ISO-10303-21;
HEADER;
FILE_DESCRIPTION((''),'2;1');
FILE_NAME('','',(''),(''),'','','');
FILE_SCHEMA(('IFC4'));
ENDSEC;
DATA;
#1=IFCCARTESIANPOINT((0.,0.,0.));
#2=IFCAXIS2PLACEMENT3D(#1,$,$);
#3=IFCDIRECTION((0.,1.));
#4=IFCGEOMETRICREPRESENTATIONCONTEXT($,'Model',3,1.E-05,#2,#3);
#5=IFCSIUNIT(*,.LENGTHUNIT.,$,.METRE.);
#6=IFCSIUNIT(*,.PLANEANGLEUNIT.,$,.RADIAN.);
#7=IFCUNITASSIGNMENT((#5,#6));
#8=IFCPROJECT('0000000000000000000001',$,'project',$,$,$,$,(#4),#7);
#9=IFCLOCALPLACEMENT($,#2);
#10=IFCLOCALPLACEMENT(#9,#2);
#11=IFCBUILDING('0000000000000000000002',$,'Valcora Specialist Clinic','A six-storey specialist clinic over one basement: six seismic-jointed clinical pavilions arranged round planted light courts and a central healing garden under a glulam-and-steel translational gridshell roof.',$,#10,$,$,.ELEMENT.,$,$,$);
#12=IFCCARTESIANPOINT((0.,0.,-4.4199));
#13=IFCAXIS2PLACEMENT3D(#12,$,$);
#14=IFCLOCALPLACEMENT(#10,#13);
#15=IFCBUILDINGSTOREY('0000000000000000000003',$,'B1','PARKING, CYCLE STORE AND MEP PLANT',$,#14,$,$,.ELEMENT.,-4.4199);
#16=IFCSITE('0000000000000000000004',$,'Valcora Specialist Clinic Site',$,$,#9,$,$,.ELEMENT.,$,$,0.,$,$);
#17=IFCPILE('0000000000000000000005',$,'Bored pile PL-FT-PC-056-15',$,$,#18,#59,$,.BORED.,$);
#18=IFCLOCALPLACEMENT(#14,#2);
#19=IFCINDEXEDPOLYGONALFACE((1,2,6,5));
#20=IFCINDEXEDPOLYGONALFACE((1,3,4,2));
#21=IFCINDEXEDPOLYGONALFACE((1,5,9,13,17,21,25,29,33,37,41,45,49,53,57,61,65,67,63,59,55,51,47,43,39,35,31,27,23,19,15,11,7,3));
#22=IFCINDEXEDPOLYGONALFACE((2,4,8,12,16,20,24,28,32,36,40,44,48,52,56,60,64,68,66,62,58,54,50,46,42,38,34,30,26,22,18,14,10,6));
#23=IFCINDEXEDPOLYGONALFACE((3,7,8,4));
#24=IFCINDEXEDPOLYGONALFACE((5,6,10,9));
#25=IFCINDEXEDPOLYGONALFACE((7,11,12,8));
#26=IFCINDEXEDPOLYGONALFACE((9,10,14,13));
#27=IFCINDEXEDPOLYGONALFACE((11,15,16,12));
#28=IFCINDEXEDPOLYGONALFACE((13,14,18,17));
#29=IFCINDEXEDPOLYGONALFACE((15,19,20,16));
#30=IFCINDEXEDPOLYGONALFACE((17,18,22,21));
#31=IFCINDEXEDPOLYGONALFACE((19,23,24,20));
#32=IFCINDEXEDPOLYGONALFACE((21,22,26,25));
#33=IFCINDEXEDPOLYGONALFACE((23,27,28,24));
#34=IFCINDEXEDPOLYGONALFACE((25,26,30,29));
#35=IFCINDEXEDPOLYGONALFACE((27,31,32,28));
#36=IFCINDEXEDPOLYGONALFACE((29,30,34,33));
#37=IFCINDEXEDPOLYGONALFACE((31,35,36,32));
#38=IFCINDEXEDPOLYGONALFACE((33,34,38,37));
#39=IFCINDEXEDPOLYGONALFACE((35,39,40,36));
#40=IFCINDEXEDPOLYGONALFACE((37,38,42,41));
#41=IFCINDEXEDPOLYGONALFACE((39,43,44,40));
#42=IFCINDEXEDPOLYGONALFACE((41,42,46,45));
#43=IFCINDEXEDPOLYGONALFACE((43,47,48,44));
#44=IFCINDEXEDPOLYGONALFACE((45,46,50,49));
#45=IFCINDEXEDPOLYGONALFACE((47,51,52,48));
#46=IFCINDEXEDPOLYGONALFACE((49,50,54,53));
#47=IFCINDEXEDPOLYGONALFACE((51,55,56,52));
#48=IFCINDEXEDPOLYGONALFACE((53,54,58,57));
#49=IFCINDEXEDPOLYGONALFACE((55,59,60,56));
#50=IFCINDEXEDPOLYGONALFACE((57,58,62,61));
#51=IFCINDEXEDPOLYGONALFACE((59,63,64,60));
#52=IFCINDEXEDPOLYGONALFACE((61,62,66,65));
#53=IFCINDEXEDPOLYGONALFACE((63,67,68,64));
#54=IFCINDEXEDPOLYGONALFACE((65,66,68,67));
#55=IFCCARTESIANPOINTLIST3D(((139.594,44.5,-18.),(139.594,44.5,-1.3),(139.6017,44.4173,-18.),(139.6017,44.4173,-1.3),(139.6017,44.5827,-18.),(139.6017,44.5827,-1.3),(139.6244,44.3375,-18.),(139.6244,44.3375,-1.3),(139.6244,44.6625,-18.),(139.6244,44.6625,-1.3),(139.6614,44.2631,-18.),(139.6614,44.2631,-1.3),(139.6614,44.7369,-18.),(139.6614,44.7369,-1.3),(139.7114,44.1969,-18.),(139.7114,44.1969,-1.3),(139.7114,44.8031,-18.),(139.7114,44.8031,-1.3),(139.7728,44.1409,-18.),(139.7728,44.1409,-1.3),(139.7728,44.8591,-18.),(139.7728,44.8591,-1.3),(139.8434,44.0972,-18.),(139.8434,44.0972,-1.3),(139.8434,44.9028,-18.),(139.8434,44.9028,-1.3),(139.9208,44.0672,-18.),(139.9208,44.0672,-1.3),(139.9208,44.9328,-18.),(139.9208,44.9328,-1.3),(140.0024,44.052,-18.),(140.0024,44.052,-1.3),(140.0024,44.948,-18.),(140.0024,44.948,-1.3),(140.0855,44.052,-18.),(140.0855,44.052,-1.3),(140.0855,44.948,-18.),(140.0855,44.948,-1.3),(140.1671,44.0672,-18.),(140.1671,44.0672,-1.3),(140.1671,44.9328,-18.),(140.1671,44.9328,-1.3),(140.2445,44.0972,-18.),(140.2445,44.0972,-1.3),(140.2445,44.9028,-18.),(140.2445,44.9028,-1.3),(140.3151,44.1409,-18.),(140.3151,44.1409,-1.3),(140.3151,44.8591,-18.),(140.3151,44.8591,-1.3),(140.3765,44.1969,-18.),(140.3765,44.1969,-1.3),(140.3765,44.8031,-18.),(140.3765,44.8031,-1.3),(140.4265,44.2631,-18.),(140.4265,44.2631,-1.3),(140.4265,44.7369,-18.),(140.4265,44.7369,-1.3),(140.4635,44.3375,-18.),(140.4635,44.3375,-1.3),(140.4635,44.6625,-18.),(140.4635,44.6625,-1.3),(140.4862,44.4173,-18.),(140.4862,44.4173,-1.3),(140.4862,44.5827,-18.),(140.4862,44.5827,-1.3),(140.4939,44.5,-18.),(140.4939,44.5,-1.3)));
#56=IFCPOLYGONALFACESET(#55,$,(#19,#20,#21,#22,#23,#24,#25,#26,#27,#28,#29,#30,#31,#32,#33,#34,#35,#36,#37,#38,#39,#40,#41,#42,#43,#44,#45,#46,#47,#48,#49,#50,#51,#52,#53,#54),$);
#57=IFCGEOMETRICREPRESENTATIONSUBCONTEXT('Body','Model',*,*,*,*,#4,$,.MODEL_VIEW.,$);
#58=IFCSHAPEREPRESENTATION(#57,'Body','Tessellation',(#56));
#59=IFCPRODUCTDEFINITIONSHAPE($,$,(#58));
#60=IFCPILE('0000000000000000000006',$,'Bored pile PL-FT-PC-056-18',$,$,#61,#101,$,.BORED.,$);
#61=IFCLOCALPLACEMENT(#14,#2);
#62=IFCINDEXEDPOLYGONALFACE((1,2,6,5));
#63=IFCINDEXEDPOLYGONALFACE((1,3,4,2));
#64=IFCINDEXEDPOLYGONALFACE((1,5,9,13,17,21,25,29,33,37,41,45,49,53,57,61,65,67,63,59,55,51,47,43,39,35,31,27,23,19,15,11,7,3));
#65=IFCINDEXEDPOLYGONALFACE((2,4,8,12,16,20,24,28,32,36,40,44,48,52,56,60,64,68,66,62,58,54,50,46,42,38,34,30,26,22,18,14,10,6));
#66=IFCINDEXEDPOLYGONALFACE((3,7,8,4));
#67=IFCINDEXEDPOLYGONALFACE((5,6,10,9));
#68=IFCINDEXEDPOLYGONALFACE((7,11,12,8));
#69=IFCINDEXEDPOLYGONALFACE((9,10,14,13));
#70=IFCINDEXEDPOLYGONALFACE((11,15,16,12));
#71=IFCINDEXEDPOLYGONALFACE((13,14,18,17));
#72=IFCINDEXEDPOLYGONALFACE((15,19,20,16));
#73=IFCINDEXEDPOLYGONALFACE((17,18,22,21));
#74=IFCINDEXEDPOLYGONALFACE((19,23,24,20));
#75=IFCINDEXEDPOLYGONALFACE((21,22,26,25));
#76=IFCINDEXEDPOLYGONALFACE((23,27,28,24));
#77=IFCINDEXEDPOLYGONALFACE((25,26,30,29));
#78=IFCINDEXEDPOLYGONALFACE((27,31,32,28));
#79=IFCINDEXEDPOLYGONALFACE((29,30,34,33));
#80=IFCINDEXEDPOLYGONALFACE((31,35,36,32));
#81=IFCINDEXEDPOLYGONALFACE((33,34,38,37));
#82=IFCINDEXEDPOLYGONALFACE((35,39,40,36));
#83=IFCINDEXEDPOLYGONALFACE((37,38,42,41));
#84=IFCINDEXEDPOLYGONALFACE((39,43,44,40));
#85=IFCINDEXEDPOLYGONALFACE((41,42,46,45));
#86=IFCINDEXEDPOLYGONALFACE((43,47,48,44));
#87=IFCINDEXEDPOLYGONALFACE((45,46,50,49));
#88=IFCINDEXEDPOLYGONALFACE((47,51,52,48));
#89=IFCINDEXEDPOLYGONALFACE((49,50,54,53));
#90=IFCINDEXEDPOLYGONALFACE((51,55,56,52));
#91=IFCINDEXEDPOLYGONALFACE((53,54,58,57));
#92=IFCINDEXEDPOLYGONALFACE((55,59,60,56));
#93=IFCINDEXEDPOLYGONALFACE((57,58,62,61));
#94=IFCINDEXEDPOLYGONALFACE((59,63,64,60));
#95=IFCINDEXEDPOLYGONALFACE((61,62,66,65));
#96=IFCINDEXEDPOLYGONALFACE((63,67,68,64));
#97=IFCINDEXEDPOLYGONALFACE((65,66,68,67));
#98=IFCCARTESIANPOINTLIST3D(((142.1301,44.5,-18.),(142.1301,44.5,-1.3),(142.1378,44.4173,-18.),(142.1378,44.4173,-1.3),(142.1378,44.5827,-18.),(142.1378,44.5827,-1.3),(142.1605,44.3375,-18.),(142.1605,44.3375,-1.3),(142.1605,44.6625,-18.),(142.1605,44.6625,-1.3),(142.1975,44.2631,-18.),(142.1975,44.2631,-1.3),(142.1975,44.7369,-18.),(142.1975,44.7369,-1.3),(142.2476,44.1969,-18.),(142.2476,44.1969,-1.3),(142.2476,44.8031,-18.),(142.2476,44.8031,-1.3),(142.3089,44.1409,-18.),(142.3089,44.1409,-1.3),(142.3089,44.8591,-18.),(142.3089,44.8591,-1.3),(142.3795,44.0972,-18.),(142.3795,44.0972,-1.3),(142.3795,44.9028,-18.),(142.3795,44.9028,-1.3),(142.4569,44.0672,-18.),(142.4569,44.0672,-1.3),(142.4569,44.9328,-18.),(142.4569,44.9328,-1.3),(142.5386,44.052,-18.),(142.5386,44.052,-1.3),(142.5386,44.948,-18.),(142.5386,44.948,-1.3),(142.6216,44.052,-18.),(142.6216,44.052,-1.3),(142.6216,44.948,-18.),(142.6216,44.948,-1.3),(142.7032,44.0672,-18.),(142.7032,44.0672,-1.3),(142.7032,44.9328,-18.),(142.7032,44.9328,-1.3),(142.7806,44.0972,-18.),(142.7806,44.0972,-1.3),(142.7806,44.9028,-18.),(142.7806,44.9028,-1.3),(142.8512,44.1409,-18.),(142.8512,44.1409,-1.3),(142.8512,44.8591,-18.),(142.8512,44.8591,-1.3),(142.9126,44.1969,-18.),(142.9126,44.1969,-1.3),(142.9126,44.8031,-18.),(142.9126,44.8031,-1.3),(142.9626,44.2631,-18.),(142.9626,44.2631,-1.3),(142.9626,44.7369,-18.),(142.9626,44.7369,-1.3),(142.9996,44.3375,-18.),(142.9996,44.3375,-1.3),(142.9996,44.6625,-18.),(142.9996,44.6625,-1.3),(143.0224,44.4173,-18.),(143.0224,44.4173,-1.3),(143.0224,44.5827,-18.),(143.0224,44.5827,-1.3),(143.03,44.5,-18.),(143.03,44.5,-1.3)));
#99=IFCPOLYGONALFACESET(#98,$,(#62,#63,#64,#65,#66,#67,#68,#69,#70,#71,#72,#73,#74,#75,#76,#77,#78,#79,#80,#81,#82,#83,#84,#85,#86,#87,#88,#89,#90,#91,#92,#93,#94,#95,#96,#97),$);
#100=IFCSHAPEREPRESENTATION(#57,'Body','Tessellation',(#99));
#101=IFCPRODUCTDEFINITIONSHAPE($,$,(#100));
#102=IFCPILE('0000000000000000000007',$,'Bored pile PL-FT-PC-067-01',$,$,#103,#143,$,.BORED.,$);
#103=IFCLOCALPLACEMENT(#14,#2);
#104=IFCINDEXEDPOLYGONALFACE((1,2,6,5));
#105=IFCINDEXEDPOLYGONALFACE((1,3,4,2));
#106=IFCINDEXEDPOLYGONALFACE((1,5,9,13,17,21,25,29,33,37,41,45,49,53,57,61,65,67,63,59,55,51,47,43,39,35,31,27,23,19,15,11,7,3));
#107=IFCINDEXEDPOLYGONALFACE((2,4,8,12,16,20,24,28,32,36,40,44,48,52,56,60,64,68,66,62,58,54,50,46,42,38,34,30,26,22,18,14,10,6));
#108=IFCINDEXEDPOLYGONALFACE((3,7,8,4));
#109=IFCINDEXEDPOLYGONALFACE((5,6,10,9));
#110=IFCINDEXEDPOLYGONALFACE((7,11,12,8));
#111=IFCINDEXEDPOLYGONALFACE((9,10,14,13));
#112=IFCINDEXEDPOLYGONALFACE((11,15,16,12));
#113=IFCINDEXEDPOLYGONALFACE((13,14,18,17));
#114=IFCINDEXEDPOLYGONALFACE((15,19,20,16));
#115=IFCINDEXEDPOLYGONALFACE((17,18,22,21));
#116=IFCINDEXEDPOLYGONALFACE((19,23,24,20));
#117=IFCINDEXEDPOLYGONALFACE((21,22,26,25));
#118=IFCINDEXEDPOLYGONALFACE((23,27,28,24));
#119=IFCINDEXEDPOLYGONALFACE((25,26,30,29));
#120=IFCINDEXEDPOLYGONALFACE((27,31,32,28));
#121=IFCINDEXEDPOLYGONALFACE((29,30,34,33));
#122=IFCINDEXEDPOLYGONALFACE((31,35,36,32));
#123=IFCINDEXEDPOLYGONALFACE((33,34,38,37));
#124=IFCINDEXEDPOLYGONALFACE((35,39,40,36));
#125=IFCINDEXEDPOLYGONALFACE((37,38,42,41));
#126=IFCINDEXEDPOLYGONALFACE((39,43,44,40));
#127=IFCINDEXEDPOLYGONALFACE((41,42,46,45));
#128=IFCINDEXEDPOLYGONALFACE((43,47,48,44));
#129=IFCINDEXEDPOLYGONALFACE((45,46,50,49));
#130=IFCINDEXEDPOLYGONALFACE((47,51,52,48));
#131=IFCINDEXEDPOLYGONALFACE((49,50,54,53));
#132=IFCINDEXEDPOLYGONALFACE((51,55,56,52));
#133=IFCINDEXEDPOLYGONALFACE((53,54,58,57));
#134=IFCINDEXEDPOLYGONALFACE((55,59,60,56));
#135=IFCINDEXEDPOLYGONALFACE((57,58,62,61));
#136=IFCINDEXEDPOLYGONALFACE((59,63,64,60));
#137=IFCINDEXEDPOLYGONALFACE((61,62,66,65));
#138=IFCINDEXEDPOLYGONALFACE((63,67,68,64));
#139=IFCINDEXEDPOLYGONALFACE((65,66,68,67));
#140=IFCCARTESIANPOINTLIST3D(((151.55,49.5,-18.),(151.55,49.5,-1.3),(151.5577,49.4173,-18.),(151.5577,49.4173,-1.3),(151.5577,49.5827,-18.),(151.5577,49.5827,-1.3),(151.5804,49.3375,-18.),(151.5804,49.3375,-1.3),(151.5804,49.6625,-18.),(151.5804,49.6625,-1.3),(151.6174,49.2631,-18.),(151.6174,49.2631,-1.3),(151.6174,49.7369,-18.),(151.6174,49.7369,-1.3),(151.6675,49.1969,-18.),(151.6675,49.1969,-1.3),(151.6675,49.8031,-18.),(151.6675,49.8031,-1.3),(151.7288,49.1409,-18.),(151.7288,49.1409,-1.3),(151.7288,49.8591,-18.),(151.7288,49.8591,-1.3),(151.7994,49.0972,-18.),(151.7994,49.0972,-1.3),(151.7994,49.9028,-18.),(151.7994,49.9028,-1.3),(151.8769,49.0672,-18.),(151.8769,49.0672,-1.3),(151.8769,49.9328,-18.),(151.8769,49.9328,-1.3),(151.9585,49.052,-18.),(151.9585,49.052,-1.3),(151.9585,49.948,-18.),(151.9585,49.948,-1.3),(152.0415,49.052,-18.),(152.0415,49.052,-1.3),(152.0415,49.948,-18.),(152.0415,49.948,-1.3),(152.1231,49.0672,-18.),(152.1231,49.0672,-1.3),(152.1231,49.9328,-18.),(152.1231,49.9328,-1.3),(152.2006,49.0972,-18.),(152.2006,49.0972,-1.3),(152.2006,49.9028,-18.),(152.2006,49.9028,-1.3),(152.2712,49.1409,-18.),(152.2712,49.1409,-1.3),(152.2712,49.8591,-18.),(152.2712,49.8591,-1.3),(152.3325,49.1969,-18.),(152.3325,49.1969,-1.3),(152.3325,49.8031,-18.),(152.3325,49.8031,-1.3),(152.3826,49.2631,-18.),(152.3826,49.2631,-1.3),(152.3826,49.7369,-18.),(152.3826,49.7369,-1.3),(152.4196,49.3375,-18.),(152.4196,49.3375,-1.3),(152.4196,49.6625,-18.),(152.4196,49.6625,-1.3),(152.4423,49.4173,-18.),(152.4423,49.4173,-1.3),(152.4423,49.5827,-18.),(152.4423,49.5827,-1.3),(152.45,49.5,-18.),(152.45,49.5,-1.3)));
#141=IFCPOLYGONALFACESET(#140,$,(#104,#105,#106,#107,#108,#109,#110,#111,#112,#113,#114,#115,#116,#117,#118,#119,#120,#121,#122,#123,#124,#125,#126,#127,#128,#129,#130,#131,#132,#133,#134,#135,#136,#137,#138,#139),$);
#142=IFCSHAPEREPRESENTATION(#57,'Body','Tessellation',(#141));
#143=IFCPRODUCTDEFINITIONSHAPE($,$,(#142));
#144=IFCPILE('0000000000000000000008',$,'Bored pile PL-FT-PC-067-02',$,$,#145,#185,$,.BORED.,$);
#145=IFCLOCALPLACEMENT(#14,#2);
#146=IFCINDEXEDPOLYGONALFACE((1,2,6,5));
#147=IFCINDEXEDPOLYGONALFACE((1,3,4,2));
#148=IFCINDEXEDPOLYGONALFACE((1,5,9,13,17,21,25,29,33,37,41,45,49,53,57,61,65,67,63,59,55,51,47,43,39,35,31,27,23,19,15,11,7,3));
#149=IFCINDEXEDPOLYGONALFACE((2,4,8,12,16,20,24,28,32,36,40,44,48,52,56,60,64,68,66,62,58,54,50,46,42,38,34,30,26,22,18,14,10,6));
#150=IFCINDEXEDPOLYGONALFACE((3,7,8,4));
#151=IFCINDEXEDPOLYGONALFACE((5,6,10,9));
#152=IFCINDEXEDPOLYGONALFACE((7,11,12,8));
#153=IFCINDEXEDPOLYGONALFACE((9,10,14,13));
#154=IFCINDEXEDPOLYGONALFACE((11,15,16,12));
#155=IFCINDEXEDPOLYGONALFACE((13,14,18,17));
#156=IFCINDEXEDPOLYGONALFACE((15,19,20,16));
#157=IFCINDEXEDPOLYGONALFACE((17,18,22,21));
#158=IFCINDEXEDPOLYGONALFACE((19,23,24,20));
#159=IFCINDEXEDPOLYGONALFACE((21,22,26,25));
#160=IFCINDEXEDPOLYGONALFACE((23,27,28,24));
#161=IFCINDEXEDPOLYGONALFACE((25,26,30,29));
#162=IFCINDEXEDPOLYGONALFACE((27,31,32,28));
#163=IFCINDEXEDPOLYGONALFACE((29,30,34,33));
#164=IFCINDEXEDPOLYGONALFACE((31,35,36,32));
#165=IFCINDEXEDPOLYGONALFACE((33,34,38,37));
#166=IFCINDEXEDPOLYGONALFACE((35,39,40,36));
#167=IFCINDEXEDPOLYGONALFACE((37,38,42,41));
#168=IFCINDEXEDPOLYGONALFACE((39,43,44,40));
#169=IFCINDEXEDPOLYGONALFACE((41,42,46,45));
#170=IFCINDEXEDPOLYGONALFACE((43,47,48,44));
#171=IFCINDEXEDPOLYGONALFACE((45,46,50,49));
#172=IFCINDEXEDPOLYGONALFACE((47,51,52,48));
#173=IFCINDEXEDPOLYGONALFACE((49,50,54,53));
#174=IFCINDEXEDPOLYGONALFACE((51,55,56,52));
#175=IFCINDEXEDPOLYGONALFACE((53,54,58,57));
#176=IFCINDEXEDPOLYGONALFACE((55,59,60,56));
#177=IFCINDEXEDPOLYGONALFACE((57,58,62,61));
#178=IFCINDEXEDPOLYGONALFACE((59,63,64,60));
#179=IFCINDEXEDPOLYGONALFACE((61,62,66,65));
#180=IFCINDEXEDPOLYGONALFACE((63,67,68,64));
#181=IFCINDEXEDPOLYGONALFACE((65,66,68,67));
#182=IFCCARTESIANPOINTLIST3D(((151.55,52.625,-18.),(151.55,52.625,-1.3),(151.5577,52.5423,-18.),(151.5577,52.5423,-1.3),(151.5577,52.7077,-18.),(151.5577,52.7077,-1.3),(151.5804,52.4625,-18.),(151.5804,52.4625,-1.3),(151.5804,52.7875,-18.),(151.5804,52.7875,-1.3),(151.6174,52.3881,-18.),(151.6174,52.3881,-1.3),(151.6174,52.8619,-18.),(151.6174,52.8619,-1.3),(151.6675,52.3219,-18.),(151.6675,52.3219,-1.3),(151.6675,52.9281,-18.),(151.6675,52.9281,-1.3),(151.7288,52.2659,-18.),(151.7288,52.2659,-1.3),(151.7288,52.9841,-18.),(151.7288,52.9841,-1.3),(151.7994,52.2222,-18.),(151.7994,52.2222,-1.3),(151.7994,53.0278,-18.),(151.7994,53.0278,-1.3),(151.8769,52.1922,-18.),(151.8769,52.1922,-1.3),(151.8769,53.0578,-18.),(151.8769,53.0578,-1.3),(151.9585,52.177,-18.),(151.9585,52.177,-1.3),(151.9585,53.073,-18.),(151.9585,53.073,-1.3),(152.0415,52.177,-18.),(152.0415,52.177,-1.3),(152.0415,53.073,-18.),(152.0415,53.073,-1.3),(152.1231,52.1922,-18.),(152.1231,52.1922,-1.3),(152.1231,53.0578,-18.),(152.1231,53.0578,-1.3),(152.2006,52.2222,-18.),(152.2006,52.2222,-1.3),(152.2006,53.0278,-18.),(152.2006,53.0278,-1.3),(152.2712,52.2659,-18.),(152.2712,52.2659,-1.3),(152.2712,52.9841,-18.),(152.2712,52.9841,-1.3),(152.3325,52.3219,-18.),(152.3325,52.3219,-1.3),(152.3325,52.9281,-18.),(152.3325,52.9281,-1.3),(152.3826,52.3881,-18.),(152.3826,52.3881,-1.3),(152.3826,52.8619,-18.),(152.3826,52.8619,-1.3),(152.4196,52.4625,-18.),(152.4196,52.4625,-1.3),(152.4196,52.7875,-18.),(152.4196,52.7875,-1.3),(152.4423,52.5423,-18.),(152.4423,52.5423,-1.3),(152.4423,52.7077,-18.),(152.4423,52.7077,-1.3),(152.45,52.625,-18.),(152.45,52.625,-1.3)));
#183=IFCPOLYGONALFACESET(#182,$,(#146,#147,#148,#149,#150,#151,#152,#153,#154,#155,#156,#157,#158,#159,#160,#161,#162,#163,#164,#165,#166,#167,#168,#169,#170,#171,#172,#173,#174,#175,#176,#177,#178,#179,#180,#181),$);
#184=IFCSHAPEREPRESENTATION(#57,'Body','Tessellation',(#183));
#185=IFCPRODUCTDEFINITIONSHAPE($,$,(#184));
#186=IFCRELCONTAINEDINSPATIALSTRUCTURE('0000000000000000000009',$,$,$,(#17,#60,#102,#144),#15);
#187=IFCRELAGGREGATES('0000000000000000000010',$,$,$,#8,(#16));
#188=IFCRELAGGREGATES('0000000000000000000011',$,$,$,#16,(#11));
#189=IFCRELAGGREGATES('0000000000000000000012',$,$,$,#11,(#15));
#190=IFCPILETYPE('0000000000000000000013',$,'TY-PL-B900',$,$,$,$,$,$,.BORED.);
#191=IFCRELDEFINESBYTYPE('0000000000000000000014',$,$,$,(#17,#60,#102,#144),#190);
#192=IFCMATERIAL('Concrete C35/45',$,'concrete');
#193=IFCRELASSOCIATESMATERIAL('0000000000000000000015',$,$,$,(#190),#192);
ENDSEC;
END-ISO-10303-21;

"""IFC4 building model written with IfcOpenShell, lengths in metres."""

from ifc_helpers import new_model, si_unit, direction, frame, origin, origin_2d, place, context, subcontext, project, spatial, circle, extrude, material, material_profile, profile_set, type_object, element, save


model = new_model("IFC4")

# Units and contexts
model_context = context("Model", 3, precision=1e-05, world=origin(), true_north=direction((0.0, 1.0)))
body_context = subcontext(model_context, "Body", "Model", "MODEL_VIEW")
ifc_project = project(units=[si_unit("LENGTHUNIT", "METRE"), si_unit("PLANEANGLEUNIT", "RADIAN")], contexts=[model_context])

# Site, building, storey
site_placement = place(None, origin())
site = spatial("IfcSite", under=ifc_project, at=site_placement, Name="Valcora Specialist Clinic Site", CompositionType="ELEMENT", RefElevation=0.0)
building_placement = place(site_placement, origin())
building = spatial("IfcBuilding", under=site, at=building_placement, Name="Valcora Specialist Clinic", Description="A six-storey specialist clinic over one basement: six seismic-jointed clinical pavilions arranged round planted light courts and a central healing garden under a glulam-and-steel translational gridshell roof.", CompositionType="ELEMENT")
storey_placement = place(building_placement, frame((0.0, 0.0, -4.4199)))
storey = spatial("IfcBuildingStorey", under=building, at=storey_placement, Name="B1", Description="PARKING, CYCLE STORE AND MEP PLANT", CompositionType="ELEMENT", Elevation=-4.4199)

# Shared definitions
ifc_material_1 = material(Name="Concrete C35/45", Category="concrete")

# Piles
ifc_material_profile_1 = material_profile(ifc_material_1, circle(Radius=0.45, at=origin_2d()), Name="RC-PIL-D900")
ifc_profile_set_1 = profile_set([ifc_material_profile_1], Name="Concrete C35/45")
pile_type_1 = type_object("IfcPileType", Name="TY-PL-B900", PredefinedType="BORED", material=ifc_profile_set_1)
for number, where, z_axis, x_axis, name in (
    (1, (140.0439, 44.5, -1.3), (0.0, 0.0, -1.0), (1.0, 0.0, 0.0), "Bored pile PL-FT-PC-056-15"),
    (2, (142.5801, 44.5, -1.3), (0.0, 0.0, -1.0), (1.0, 0.0, 0.0), "Bored pile PL-FT-PC-056-18"),
    (3, (152.0, 49.5, -1.3), (0.0, 0.0, -1.0), (1.0, 0.0, 0.0), "Bored pile PL-FT-PC-067-01"),
    (4, (152.0, 52.625, -1.3), (0.0, 0.0, -1.0), (1.0, 0.0, 0.0), "Bored pile PL-FT-PC-067-02"),
):
    element("IfcPile", number, at=place(storey_placement, frame(where, z_axis=z_axis, x_axis=x_axis)), inside=storey, type_object=pile_type_1, Name=name, PredefinedType="BORED", context=body_context, shape_type="SweptSolid", body=[
        extrude(circle(Radius=0.45, at=origin_2d()), origin(), (0.0, 0.0, 1.0), 16.7),
    ])

save(model, "model.ifc")
